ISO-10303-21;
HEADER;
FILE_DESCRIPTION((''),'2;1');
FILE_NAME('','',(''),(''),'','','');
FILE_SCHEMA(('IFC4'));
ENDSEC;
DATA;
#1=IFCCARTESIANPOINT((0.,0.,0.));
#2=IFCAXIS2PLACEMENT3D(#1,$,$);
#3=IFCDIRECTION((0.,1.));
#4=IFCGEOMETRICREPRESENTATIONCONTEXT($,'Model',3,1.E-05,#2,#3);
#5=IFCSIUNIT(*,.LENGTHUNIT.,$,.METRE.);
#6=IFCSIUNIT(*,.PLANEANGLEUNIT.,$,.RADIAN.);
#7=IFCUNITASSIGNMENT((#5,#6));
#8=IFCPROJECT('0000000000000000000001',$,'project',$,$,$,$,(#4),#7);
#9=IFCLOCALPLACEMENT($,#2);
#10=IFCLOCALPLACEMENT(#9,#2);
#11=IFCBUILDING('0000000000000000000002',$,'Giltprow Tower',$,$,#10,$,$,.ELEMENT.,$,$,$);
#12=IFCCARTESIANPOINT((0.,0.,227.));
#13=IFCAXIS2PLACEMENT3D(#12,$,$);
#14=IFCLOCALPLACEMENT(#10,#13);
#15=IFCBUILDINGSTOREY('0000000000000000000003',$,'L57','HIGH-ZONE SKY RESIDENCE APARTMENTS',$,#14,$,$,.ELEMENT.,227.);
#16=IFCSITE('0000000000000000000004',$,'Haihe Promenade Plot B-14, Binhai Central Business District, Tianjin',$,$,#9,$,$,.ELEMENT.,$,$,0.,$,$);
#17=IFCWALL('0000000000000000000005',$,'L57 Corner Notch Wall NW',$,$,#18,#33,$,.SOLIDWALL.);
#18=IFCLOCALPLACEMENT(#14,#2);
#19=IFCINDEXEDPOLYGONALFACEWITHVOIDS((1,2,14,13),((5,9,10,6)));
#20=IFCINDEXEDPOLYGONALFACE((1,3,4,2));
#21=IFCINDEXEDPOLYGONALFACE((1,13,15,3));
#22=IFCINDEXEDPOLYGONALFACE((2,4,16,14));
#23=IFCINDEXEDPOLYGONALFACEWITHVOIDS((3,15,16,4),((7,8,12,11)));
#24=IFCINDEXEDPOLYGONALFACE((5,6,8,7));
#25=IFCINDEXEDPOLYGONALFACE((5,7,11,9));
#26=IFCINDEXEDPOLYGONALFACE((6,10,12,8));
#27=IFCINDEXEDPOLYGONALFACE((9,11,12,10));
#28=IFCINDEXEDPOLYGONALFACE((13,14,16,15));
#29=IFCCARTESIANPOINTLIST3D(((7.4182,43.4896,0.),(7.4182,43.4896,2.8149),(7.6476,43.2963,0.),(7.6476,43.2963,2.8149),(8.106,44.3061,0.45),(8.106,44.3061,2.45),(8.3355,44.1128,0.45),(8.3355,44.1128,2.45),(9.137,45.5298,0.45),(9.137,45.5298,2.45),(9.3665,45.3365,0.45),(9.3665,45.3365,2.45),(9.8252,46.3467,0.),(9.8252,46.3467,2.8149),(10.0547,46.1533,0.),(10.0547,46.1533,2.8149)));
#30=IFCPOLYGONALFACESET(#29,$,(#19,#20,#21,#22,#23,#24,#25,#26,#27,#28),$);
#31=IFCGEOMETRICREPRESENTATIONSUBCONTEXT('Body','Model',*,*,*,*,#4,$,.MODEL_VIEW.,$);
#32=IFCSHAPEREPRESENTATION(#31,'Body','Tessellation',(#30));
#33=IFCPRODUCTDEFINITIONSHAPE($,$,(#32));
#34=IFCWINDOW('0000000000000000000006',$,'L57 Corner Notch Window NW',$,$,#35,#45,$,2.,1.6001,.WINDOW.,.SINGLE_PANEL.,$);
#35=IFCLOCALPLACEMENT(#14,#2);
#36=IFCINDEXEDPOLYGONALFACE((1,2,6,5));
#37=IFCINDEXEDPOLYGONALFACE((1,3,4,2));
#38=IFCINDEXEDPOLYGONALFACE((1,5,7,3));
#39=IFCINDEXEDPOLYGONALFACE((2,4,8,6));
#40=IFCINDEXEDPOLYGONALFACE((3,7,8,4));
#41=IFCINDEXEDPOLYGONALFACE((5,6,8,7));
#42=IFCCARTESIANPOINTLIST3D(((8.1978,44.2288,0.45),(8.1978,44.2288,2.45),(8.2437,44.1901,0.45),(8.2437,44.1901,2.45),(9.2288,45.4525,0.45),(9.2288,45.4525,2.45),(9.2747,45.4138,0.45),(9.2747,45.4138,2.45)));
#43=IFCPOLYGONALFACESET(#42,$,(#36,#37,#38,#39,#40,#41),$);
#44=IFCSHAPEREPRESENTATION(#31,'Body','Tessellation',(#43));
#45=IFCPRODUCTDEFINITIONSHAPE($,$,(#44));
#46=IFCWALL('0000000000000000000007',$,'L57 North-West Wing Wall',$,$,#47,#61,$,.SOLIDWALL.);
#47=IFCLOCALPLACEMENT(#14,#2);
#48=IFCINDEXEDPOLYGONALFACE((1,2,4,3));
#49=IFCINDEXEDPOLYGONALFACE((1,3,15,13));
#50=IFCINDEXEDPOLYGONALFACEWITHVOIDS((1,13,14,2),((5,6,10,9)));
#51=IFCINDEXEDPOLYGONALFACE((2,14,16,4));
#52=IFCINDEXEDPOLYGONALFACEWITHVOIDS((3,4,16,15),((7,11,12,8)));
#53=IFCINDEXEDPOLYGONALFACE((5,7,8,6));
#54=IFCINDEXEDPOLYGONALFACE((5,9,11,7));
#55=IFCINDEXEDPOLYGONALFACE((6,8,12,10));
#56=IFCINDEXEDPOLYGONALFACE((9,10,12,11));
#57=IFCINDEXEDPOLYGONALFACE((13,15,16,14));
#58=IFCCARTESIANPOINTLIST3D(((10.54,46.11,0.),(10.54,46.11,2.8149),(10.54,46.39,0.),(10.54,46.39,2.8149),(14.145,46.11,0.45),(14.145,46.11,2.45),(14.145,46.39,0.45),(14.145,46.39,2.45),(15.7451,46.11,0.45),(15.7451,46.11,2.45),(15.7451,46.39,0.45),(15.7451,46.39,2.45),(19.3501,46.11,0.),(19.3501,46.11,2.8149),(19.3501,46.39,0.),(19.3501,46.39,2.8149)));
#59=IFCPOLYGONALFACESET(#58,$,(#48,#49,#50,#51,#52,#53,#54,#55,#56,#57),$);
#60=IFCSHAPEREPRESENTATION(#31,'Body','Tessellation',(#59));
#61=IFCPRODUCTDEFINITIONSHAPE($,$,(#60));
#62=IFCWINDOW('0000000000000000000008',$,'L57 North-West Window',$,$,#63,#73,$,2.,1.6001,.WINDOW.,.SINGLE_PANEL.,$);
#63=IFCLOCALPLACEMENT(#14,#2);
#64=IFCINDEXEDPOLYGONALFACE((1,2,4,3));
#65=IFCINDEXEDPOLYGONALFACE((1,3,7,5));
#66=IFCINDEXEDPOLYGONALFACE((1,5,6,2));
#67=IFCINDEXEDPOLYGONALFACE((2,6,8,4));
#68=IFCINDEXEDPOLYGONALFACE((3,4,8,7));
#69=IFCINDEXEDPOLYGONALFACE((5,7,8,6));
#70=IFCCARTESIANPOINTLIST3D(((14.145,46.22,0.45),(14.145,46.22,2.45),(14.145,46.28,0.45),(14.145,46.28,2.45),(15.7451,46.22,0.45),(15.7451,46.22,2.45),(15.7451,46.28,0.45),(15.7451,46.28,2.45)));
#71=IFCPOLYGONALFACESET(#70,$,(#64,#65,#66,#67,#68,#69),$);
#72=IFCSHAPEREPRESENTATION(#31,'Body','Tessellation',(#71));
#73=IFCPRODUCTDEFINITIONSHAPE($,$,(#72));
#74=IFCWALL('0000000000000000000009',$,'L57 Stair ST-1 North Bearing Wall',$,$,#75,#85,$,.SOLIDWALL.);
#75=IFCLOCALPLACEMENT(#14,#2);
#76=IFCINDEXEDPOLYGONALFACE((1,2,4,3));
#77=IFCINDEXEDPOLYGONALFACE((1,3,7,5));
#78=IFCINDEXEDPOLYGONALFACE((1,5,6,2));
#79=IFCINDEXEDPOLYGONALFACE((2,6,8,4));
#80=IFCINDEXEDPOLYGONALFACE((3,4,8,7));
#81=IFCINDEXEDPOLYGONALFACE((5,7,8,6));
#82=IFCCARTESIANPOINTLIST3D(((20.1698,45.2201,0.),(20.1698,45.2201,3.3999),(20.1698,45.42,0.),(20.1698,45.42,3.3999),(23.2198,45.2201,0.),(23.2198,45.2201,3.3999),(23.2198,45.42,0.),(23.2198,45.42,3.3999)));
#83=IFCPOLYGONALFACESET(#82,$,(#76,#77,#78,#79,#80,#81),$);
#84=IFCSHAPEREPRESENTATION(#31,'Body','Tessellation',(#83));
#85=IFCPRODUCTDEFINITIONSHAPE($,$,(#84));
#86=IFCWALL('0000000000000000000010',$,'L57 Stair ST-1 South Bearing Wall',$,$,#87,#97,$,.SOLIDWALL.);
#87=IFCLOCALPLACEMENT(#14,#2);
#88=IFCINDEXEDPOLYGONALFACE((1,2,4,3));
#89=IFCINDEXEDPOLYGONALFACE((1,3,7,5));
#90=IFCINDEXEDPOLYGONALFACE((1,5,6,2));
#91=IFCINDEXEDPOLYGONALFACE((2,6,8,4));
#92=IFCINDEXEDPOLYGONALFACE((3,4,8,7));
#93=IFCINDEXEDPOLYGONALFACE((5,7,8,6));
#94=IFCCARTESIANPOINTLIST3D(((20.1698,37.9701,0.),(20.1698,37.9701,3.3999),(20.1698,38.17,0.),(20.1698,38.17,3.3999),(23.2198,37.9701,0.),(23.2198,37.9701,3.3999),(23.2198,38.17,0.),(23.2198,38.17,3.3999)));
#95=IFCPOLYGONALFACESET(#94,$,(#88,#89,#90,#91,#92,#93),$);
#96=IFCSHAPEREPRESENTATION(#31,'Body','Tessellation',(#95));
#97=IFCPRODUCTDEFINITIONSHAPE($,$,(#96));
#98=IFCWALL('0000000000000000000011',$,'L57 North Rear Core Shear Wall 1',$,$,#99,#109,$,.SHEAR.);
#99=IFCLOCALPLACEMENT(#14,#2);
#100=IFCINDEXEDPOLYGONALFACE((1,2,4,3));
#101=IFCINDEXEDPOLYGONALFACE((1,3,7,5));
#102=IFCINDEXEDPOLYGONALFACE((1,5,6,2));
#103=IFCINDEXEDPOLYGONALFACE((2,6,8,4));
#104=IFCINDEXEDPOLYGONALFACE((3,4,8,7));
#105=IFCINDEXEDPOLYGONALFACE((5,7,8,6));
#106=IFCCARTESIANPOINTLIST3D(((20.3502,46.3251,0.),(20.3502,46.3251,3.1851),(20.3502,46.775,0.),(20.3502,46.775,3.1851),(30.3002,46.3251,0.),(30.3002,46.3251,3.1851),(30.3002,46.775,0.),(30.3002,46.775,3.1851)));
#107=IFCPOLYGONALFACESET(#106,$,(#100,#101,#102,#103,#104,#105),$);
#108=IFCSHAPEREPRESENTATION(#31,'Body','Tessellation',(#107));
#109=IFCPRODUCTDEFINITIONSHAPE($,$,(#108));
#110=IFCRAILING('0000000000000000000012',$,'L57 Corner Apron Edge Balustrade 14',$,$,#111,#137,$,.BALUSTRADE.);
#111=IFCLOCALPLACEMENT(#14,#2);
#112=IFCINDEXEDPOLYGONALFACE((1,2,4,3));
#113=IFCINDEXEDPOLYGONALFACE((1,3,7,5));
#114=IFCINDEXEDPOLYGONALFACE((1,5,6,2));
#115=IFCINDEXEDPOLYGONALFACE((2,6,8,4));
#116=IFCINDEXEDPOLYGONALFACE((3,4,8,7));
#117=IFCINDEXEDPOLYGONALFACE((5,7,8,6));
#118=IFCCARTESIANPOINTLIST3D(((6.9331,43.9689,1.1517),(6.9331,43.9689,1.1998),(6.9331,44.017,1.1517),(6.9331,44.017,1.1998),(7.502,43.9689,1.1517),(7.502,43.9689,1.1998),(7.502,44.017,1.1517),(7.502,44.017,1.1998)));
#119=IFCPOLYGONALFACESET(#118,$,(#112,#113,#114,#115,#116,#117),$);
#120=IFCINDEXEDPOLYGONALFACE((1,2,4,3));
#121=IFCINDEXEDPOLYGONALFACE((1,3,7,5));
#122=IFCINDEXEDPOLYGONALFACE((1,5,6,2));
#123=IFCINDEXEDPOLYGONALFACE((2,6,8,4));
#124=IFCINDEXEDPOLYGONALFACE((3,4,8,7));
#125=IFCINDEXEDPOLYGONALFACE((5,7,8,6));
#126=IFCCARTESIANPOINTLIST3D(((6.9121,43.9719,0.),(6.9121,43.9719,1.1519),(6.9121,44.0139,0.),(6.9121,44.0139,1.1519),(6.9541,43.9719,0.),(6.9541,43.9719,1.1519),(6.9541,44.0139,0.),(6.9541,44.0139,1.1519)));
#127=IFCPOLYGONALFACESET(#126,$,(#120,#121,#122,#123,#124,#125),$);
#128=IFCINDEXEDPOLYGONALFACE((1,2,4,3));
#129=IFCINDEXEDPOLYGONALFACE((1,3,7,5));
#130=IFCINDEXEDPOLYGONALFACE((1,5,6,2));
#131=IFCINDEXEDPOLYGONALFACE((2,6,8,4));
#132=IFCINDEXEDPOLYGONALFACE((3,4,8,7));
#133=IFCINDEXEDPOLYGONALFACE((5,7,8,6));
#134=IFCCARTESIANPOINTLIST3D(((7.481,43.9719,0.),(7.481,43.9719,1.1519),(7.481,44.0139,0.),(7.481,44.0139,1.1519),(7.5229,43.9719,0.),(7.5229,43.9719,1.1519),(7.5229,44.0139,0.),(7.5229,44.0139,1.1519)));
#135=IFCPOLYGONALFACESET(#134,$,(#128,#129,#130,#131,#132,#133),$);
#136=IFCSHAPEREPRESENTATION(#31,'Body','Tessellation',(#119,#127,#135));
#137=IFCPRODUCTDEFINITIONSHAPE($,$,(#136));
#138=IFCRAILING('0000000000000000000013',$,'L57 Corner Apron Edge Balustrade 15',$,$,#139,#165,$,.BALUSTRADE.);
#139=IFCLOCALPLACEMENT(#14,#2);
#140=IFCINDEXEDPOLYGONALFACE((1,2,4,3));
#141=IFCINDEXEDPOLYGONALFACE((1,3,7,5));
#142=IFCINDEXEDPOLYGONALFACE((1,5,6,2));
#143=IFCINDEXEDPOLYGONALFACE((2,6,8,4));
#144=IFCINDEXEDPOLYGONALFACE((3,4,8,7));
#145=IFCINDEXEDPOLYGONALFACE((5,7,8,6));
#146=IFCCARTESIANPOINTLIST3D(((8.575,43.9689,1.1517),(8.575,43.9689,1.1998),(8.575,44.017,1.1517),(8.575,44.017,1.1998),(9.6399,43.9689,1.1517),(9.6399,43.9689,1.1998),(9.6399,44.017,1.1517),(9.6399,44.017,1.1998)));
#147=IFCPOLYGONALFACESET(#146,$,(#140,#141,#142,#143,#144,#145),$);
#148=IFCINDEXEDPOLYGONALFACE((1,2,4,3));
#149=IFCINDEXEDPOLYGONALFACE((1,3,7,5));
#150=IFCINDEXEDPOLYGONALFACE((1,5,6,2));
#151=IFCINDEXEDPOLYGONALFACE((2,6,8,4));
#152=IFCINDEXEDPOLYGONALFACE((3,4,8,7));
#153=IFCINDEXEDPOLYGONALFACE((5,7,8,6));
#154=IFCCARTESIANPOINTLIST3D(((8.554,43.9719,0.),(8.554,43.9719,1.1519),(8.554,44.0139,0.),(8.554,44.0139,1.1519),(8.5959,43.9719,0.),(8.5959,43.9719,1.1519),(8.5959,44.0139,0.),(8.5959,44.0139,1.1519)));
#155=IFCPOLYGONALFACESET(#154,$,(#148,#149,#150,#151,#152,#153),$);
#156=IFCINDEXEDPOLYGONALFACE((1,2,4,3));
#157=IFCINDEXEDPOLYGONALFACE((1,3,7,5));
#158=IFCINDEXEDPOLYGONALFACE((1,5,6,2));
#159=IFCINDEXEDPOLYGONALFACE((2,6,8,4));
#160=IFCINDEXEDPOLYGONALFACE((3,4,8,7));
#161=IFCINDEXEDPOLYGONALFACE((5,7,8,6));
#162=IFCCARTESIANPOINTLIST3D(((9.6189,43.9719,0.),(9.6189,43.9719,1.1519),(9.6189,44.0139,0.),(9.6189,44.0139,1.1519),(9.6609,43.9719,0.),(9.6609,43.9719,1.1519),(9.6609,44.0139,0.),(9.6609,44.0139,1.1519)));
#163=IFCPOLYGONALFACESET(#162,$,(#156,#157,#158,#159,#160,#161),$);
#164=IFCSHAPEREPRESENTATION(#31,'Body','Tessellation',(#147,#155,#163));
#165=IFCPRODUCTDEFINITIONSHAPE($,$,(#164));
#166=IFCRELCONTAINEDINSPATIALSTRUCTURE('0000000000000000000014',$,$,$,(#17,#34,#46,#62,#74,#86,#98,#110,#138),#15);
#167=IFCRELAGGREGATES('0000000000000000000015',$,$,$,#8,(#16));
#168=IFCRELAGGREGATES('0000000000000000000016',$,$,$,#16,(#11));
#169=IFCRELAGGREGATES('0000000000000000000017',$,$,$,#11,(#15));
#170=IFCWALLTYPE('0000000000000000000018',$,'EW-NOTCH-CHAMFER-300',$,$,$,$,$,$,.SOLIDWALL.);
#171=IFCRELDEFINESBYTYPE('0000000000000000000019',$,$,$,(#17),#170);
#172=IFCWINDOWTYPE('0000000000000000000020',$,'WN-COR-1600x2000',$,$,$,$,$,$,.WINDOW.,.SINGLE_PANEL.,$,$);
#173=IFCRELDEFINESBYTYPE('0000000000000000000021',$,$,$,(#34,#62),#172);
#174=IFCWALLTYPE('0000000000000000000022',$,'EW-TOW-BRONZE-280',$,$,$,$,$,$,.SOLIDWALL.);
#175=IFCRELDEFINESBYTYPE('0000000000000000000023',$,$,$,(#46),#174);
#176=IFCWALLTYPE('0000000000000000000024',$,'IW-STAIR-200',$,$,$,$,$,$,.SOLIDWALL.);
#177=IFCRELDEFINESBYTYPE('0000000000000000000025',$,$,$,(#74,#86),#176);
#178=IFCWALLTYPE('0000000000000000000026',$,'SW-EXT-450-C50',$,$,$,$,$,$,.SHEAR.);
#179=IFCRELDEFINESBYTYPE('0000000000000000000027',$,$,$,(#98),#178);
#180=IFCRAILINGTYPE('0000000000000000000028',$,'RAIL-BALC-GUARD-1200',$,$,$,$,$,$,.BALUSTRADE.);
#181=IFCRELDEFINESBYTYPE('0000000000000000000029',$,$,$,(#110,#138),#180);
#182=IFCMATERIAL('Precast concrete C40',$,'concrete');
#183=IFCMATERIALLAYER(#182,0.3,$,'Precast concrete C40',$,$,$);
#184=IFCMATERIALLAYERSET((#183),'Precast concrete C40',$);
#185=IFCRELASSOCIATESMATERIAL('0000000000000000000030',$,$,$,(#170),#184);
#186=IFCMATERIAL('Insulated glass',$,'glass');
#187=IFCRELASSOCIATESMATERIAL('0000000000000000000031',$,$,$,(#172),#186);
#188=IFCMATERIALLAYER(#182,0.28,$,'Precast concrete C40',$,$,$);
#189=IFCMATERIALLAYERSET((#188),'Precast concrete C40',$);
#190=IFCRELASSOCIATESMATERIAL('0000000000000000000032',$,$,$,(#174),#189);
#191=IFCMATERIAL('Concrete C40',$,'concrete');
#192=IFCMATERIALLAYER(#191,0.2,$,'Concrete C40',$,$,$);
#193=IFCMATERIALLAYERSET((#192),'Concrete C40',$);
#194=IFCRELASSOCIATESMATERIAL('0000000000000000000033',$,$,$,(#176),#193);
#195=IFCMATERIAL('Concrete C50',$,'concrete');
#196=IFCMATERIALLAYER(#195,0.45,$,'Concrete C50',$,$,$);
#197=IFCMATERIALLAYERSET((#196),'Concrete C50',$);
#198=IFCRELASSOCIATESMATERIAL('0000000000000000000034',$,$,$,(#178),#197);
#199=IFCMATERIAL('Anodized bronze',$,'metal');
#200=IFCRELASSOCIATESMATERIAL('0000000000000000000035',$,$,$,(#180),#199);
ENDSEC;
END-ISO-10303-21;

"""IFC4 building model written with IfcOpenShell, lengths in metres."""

from ifc_helpers import new_model, si_unit, direction, frame, frame_2d, origin, origin_2d, place, context, subcontext, project, spatial, rectangle, extrude, source, transform, mapped, material, layer, layer_set, type_object, element, fill, save


model = new_model("IFC4")

# Units and contexts
model_context = context("Model", 3, precision=1e-05, world=origin(), true_north=direction((0.0, 1.0)))
body_context = subcontext(model_context, "Body", "Model", "MODEL_VIEW")
ifc_project = project(units=[si_unit("LENGTHUNIT", "METRE"), si_unit("PLANEANGLEUNIT", "RADIAN")], contexts=[model_context])

# Site, building, storey
site_placement = place(None, origin())
site = spatial("IfcSite", under=ifc_project, at=site_placement, Name="Haihe Promenade Plot B-14, Binhai Central Business District, Tianjin", CompositionType="ELEMENT", RefElevation=0.0)
building_placement = place(site_placement, origin())
building = spatial("IfcBuilding", under=site, at=building_placement, Name="Giltprow Tower", CompositionType="ELEMENT")
storey_placement = place(building_placement, frame((0.0, 0.0, 227.0)))
storey = spatial("IfcBuildingStorey", under=building, at=storey_placement, Name="L57", Description="HIGH-ZONE SKY RESIDENCE APARTMENTS", CompositionType="ELEMENT", Elevation=227.0)

# Shared definitions
ifc_material_1 = material(Name="Concrete C50", Category="concrete")

# Walls, openings, windows
ifc_material_2 = material(Name="Precast concrete C40", Category="concrete")
ifc_layer_1 = layer(ifc_material_2, 0.3, Name="Precast concrete C40")
ifc_layer_set_1 = layer_set([ifc_layer_1], Name="Precast concrete C40")
wall_type_1 = type_object("IfcWallType", Name="EW-NOTCH-CHAMFER-300", PredefinedType="SOLIDWALL", material=ifc_layer_set_1)
wall_1_placement = place(storey_placement, frame((9.9399, 46.25, 0.0), z_axis=(0.0, 0.0, 1.0), x_axis=(-0.644315, -0.76476, 0.0)))
wall_1 = element("IfcWall", 1, at=wall_1_placement, inside=storey, type_object=wall_type_1, Name="L57 Corner Notch Wall NW", PredefinedType="SOLIDWALL", context=body_context, shape_type="SweptSolid", body=[
    extrude(rectangle(XDim=3.7358, YDim=0.3, at=frame_2d((1.8679, 0.0))), origin(), (0.0, 0.0, 1.0), 2.8149),
])
opening_1_placement = place(wall_1_placement, frame((1.0681, 0.0, 0.45)))
opening_1 = element("IfcOpeningElement", 2, at=opening_1_placement, cuts=wall_1, PredefinedType="OPENING", context=body_context, shape_type="SweptSolid", body=[
    extrude(rectangle(XDim=1.6001, YDim=2.0, at=frame_2d((0.8, 1.0))), frame((0.0, 0.1599, 0.0), z_axis=(0.0, -1.0, 0.0), x_axis=(1.0, 0.0, 0.0)), (0.0, 0.0, 1.0), 0.3201),
])
ifc_material_3 = material(Name="Insulated glass", Category="glass")
window_type = type_object("IfcWindowType", Name="WN-COR-1600x2000", PartitioningType="SINGLE_PANEL", PredefinedType="WINDOW", material=ifc_material_3)
shared_shape_1 = source(origin(), body_context, "Body", "SweptSolid", [
    extrude(rectangle(XDim=1.6001, YDim=2.0, at=frame_2d((0.8, 1.0))), frame((0.0, 0.03, 0.0), z_axis=(0.0, -1.0, 0.0), x_axis=(1.0, 0.0, 0.0)), (0.0, 0.0, 1.0), 0.0601),
])
window_1_placement = place(opening_1_placement, origin())
window_1 = element("IfcWindow", 3, at=window_1_placement, inside=storey, type_object=window_type, Name="L57 Corner Notch Window NW", OverallHeight=2.0, OverallWidth=1.6001, PartitioningType="SINGLE_PANEL", PredefinedType="WINDOW", context=body_context, shape_type="MappedRepresentation", body=[
    mapped(shared_shape_1, transform((0.0, 0.0, 0.0), x_axis=(1.0, 0.0, 0.0), y_axis=(0.0, 1.0, 0.0), z_axis=(0.0, 0.0, 1.0), scale=1.0)),
])
fill(opening_1, window_1)
ifc_layer_2 = layer(ifc_material_2, 0.28, Name="Precast concrete C40")
ifc_layer_set_2 = layer_set([ifc_layer_2], Name="Precast concrete C40")
wall_type_2 = type_object("IfcWallType", Name="EW-TOW-BRONZE-280", PredefinedType="SOLIDWALL", material=ifc_layer_set_2)
wall_2_placement = place(storey_placement, frame((10.54, 46.25, 0.0), z_axis=(0.0, 0.0, 1.0), x_axis=(1.0, 0.0, 0.0)))
wall_2 = element("IfcWall", 4, at=wall_2_placement, inside=storey, type_object=wall_type_2, Name="L57 North-West Wing Wall", PredefinedType="SOLIDWALL", context=body_context, shape_type="SweptSolid", body=[
    extrude(rectangle(XDim=8.8101, YDim=0.28, at=frame_2d((4.405, 0.0))), origin(), (0.0, 0.0, 1.0), 2.8149),
])
opening_2_placement = place(wall_2_placement, frame((3.605, 0.0, 0.45)))
opening_2 = element("IfcOpeningElement", 5, at=opening_2_placement, cuts=wall_2, PredefinedType="OPENING", context=body_context, shape_type="SweptSolid", body=[
    extrude(rectangle(XDim=1.6001, YDim=2.0, at=frame_2d((0.8, 1.0))), frame((0.0, 0.1499, 0.0), z_axis=(0.0, -1.0, 0.0), x_axis=(1.0, 0.0, 0.0)), (0.0, 0.0, 1.0), 0.3),
])
window_2_placement = place(opening_2_placement, origin())
window_2 = element("IfcWindow", 6, at=window_2_placement, inside=storey, type_object=window_type, Name="L57 North-West Window", OverallHeight=2.0, OverallWidth=1.6001, PartitioningType="SINGLE_PANEL", PredefinedType="WINDOW", context=body_context, shape_type="MappedRepresentation", body=[
    mapped(shared_shape_1, transform((0.0, 0.0, 0.0), x_axis=(1.0, 0.0, 0.0), y_axis=(0.0, 1.0, 0.0), z_axis=(0.0, 0.0, 1.0), scale=1.0)),
])
fill(opening_2, window_2)

# Walls
ifc_material_4 = material(Name="Concrete C40", Category="concrete")
ifc_layer_3 = layer(ifc_material_4, 0.2, Name="Concrete C40")
ifc_layer_set_3 = layer_set([ifc_layer_3], Name="Concrete C40")
wall_type_3 = type_object("IfcWallType", Name="IW-STAIR-200", PredefinedType="SOLIDWALL", material=ifc_layer_set_3)
for number, where, z_axis, x_axis, name in (
    (7, (20.1699, 45.3201, 0.0), (0.0, 0.0, 1.0), (1.0, 0.0, 0.0), "L57 Stair ST-1 North Bearing Wall"),
    (8, (20.1699, 38.0701, 0.0), (0.0, 0.0, 1.0), (1.0, 0.0, 0.0), "L57 Stair ST-1 South Bearing Wall"),
):
    element("IfcWall", number, at=place(storey_placement, frame(where, z_axis=z_axis, x_axis=x_axis)), inside=storey, type_object=wall_type_3, Name=name, PredefinedType="SOLIDWALL", context=body_context, shape_type="SweptSolid", body=[
        extrude(rectangle(XDim=3.05, YDim=0.2, at=frame_2d((1.5249, 0.0))), origin(), (0.0, 0.0, 1.0), 3.3999),
    ])
ifc_layer_4 = layer(ifc_material_1, 0.45, Name="Concrete C50")
ifc_layer_set_4 = layer_set([ifc_layer_4], Name="Concrete C50")
wall_type_4 = type_object("IfcWallType", Name="SW-EXT-450-C50", PredefinedType="SHEAR", material=ifc_layer_set_4)
wall_3_placement = place(storey_placement, frame((20.3501, 46.55, 0.0), z_axis=(0.0, 0.0, 1.0), x_axis=(1.0, 0.0, 0.0)))
element("IfcWall", 9, at=wall_3_placement, inside=storey, type_object=wall_type_4, Name="L57 North Rear Core Shear Wall 1", PredefinedType="SHEAR", context=body_context, shape_type="SweptSolid", body=[
    extrude(rectangle(XDim=9.95, YDim=0.45, at=frame_2d((4.9751, 0.0))), origin(), (0.0, 0.0, 1.0), 3.1851),
])

# Railings
ifc_material_5 = material(Name="Anodized bronze", Category="metal")
railing_type_1 = type_object("IfcRailingType", Name="RAIL-BALC-GUARD-1200", PredefinedType="BALUSTRADE", material=ifc_material_5)
railing_1_placement = place(storey_placement, frame((6.9331, 43.9929, 0.0)))
element("IfcRailing", 10, at=railing_1_placement, inside=storey, type_object=railing_type_1, Name="L57 Corner Apron Edge Balustrade 14", PredefinedType="BALUSTRADE", context=body_context, shape_type="SweptSolid", body=[
    extrude(rectangle(XDim=0.0481, YDim=0.0481, at=origin_2d()), frame((0.0, 0.0, 1.1758), z_axis=(1.0, 0.0, 0.0), x_axis=(0.0, 1.0, 0.0)), (0.0, 0.0, 1.0), 0.5688),
    extrude(rectangle(XDim=0.042, YDim=0.042, at=origin_2d()), origin(), (0.0, 0.0, 1.0), 1.1519),
    extrude(rectangle(XDim=0.042, YDim=0.042, at=origin_2d()), frame((0.5688, 0.0, 0.0)), (0.0, 0.0, 1.0), 1.1519),
])
railing_2_placement = place(storey_placement, frame((8.575, 43.9929, 0.0)))
element("IfcRailing", 11, at=railing_2_placement, inside=storey, type_object=railing_type_1, Name="L57 Corner Apron Edge Balustrade 15", PredefinedType="BALUSTRADE", context=body_context, shape_type="SweptSolid", body=[
    extrude(rectangle(XDim=0.0481, YDim=0.0481, at=origin_2d()), frame((0.0, 0.0, 1.1758), z_axis=(1.0, 0.0, 0.0), x_axis=(0.0, 1.0, 0.0)), (0.0, 0.0, 1.0), 1.0649),
    extrude(rectangle(XDim=0.042, YDim=0.042, at=origin_2d()), origin(), (0.0, 0.0, 1.0), 1.1519),
    extrude(rectangle(XDim=0.042, YDim=0.042, at=origin_2d()), frame((1.0649, 0.0, 0.0)), (0.0, 0.0, 1.0), 1.1519),
])

save(model, "model.ifc")
